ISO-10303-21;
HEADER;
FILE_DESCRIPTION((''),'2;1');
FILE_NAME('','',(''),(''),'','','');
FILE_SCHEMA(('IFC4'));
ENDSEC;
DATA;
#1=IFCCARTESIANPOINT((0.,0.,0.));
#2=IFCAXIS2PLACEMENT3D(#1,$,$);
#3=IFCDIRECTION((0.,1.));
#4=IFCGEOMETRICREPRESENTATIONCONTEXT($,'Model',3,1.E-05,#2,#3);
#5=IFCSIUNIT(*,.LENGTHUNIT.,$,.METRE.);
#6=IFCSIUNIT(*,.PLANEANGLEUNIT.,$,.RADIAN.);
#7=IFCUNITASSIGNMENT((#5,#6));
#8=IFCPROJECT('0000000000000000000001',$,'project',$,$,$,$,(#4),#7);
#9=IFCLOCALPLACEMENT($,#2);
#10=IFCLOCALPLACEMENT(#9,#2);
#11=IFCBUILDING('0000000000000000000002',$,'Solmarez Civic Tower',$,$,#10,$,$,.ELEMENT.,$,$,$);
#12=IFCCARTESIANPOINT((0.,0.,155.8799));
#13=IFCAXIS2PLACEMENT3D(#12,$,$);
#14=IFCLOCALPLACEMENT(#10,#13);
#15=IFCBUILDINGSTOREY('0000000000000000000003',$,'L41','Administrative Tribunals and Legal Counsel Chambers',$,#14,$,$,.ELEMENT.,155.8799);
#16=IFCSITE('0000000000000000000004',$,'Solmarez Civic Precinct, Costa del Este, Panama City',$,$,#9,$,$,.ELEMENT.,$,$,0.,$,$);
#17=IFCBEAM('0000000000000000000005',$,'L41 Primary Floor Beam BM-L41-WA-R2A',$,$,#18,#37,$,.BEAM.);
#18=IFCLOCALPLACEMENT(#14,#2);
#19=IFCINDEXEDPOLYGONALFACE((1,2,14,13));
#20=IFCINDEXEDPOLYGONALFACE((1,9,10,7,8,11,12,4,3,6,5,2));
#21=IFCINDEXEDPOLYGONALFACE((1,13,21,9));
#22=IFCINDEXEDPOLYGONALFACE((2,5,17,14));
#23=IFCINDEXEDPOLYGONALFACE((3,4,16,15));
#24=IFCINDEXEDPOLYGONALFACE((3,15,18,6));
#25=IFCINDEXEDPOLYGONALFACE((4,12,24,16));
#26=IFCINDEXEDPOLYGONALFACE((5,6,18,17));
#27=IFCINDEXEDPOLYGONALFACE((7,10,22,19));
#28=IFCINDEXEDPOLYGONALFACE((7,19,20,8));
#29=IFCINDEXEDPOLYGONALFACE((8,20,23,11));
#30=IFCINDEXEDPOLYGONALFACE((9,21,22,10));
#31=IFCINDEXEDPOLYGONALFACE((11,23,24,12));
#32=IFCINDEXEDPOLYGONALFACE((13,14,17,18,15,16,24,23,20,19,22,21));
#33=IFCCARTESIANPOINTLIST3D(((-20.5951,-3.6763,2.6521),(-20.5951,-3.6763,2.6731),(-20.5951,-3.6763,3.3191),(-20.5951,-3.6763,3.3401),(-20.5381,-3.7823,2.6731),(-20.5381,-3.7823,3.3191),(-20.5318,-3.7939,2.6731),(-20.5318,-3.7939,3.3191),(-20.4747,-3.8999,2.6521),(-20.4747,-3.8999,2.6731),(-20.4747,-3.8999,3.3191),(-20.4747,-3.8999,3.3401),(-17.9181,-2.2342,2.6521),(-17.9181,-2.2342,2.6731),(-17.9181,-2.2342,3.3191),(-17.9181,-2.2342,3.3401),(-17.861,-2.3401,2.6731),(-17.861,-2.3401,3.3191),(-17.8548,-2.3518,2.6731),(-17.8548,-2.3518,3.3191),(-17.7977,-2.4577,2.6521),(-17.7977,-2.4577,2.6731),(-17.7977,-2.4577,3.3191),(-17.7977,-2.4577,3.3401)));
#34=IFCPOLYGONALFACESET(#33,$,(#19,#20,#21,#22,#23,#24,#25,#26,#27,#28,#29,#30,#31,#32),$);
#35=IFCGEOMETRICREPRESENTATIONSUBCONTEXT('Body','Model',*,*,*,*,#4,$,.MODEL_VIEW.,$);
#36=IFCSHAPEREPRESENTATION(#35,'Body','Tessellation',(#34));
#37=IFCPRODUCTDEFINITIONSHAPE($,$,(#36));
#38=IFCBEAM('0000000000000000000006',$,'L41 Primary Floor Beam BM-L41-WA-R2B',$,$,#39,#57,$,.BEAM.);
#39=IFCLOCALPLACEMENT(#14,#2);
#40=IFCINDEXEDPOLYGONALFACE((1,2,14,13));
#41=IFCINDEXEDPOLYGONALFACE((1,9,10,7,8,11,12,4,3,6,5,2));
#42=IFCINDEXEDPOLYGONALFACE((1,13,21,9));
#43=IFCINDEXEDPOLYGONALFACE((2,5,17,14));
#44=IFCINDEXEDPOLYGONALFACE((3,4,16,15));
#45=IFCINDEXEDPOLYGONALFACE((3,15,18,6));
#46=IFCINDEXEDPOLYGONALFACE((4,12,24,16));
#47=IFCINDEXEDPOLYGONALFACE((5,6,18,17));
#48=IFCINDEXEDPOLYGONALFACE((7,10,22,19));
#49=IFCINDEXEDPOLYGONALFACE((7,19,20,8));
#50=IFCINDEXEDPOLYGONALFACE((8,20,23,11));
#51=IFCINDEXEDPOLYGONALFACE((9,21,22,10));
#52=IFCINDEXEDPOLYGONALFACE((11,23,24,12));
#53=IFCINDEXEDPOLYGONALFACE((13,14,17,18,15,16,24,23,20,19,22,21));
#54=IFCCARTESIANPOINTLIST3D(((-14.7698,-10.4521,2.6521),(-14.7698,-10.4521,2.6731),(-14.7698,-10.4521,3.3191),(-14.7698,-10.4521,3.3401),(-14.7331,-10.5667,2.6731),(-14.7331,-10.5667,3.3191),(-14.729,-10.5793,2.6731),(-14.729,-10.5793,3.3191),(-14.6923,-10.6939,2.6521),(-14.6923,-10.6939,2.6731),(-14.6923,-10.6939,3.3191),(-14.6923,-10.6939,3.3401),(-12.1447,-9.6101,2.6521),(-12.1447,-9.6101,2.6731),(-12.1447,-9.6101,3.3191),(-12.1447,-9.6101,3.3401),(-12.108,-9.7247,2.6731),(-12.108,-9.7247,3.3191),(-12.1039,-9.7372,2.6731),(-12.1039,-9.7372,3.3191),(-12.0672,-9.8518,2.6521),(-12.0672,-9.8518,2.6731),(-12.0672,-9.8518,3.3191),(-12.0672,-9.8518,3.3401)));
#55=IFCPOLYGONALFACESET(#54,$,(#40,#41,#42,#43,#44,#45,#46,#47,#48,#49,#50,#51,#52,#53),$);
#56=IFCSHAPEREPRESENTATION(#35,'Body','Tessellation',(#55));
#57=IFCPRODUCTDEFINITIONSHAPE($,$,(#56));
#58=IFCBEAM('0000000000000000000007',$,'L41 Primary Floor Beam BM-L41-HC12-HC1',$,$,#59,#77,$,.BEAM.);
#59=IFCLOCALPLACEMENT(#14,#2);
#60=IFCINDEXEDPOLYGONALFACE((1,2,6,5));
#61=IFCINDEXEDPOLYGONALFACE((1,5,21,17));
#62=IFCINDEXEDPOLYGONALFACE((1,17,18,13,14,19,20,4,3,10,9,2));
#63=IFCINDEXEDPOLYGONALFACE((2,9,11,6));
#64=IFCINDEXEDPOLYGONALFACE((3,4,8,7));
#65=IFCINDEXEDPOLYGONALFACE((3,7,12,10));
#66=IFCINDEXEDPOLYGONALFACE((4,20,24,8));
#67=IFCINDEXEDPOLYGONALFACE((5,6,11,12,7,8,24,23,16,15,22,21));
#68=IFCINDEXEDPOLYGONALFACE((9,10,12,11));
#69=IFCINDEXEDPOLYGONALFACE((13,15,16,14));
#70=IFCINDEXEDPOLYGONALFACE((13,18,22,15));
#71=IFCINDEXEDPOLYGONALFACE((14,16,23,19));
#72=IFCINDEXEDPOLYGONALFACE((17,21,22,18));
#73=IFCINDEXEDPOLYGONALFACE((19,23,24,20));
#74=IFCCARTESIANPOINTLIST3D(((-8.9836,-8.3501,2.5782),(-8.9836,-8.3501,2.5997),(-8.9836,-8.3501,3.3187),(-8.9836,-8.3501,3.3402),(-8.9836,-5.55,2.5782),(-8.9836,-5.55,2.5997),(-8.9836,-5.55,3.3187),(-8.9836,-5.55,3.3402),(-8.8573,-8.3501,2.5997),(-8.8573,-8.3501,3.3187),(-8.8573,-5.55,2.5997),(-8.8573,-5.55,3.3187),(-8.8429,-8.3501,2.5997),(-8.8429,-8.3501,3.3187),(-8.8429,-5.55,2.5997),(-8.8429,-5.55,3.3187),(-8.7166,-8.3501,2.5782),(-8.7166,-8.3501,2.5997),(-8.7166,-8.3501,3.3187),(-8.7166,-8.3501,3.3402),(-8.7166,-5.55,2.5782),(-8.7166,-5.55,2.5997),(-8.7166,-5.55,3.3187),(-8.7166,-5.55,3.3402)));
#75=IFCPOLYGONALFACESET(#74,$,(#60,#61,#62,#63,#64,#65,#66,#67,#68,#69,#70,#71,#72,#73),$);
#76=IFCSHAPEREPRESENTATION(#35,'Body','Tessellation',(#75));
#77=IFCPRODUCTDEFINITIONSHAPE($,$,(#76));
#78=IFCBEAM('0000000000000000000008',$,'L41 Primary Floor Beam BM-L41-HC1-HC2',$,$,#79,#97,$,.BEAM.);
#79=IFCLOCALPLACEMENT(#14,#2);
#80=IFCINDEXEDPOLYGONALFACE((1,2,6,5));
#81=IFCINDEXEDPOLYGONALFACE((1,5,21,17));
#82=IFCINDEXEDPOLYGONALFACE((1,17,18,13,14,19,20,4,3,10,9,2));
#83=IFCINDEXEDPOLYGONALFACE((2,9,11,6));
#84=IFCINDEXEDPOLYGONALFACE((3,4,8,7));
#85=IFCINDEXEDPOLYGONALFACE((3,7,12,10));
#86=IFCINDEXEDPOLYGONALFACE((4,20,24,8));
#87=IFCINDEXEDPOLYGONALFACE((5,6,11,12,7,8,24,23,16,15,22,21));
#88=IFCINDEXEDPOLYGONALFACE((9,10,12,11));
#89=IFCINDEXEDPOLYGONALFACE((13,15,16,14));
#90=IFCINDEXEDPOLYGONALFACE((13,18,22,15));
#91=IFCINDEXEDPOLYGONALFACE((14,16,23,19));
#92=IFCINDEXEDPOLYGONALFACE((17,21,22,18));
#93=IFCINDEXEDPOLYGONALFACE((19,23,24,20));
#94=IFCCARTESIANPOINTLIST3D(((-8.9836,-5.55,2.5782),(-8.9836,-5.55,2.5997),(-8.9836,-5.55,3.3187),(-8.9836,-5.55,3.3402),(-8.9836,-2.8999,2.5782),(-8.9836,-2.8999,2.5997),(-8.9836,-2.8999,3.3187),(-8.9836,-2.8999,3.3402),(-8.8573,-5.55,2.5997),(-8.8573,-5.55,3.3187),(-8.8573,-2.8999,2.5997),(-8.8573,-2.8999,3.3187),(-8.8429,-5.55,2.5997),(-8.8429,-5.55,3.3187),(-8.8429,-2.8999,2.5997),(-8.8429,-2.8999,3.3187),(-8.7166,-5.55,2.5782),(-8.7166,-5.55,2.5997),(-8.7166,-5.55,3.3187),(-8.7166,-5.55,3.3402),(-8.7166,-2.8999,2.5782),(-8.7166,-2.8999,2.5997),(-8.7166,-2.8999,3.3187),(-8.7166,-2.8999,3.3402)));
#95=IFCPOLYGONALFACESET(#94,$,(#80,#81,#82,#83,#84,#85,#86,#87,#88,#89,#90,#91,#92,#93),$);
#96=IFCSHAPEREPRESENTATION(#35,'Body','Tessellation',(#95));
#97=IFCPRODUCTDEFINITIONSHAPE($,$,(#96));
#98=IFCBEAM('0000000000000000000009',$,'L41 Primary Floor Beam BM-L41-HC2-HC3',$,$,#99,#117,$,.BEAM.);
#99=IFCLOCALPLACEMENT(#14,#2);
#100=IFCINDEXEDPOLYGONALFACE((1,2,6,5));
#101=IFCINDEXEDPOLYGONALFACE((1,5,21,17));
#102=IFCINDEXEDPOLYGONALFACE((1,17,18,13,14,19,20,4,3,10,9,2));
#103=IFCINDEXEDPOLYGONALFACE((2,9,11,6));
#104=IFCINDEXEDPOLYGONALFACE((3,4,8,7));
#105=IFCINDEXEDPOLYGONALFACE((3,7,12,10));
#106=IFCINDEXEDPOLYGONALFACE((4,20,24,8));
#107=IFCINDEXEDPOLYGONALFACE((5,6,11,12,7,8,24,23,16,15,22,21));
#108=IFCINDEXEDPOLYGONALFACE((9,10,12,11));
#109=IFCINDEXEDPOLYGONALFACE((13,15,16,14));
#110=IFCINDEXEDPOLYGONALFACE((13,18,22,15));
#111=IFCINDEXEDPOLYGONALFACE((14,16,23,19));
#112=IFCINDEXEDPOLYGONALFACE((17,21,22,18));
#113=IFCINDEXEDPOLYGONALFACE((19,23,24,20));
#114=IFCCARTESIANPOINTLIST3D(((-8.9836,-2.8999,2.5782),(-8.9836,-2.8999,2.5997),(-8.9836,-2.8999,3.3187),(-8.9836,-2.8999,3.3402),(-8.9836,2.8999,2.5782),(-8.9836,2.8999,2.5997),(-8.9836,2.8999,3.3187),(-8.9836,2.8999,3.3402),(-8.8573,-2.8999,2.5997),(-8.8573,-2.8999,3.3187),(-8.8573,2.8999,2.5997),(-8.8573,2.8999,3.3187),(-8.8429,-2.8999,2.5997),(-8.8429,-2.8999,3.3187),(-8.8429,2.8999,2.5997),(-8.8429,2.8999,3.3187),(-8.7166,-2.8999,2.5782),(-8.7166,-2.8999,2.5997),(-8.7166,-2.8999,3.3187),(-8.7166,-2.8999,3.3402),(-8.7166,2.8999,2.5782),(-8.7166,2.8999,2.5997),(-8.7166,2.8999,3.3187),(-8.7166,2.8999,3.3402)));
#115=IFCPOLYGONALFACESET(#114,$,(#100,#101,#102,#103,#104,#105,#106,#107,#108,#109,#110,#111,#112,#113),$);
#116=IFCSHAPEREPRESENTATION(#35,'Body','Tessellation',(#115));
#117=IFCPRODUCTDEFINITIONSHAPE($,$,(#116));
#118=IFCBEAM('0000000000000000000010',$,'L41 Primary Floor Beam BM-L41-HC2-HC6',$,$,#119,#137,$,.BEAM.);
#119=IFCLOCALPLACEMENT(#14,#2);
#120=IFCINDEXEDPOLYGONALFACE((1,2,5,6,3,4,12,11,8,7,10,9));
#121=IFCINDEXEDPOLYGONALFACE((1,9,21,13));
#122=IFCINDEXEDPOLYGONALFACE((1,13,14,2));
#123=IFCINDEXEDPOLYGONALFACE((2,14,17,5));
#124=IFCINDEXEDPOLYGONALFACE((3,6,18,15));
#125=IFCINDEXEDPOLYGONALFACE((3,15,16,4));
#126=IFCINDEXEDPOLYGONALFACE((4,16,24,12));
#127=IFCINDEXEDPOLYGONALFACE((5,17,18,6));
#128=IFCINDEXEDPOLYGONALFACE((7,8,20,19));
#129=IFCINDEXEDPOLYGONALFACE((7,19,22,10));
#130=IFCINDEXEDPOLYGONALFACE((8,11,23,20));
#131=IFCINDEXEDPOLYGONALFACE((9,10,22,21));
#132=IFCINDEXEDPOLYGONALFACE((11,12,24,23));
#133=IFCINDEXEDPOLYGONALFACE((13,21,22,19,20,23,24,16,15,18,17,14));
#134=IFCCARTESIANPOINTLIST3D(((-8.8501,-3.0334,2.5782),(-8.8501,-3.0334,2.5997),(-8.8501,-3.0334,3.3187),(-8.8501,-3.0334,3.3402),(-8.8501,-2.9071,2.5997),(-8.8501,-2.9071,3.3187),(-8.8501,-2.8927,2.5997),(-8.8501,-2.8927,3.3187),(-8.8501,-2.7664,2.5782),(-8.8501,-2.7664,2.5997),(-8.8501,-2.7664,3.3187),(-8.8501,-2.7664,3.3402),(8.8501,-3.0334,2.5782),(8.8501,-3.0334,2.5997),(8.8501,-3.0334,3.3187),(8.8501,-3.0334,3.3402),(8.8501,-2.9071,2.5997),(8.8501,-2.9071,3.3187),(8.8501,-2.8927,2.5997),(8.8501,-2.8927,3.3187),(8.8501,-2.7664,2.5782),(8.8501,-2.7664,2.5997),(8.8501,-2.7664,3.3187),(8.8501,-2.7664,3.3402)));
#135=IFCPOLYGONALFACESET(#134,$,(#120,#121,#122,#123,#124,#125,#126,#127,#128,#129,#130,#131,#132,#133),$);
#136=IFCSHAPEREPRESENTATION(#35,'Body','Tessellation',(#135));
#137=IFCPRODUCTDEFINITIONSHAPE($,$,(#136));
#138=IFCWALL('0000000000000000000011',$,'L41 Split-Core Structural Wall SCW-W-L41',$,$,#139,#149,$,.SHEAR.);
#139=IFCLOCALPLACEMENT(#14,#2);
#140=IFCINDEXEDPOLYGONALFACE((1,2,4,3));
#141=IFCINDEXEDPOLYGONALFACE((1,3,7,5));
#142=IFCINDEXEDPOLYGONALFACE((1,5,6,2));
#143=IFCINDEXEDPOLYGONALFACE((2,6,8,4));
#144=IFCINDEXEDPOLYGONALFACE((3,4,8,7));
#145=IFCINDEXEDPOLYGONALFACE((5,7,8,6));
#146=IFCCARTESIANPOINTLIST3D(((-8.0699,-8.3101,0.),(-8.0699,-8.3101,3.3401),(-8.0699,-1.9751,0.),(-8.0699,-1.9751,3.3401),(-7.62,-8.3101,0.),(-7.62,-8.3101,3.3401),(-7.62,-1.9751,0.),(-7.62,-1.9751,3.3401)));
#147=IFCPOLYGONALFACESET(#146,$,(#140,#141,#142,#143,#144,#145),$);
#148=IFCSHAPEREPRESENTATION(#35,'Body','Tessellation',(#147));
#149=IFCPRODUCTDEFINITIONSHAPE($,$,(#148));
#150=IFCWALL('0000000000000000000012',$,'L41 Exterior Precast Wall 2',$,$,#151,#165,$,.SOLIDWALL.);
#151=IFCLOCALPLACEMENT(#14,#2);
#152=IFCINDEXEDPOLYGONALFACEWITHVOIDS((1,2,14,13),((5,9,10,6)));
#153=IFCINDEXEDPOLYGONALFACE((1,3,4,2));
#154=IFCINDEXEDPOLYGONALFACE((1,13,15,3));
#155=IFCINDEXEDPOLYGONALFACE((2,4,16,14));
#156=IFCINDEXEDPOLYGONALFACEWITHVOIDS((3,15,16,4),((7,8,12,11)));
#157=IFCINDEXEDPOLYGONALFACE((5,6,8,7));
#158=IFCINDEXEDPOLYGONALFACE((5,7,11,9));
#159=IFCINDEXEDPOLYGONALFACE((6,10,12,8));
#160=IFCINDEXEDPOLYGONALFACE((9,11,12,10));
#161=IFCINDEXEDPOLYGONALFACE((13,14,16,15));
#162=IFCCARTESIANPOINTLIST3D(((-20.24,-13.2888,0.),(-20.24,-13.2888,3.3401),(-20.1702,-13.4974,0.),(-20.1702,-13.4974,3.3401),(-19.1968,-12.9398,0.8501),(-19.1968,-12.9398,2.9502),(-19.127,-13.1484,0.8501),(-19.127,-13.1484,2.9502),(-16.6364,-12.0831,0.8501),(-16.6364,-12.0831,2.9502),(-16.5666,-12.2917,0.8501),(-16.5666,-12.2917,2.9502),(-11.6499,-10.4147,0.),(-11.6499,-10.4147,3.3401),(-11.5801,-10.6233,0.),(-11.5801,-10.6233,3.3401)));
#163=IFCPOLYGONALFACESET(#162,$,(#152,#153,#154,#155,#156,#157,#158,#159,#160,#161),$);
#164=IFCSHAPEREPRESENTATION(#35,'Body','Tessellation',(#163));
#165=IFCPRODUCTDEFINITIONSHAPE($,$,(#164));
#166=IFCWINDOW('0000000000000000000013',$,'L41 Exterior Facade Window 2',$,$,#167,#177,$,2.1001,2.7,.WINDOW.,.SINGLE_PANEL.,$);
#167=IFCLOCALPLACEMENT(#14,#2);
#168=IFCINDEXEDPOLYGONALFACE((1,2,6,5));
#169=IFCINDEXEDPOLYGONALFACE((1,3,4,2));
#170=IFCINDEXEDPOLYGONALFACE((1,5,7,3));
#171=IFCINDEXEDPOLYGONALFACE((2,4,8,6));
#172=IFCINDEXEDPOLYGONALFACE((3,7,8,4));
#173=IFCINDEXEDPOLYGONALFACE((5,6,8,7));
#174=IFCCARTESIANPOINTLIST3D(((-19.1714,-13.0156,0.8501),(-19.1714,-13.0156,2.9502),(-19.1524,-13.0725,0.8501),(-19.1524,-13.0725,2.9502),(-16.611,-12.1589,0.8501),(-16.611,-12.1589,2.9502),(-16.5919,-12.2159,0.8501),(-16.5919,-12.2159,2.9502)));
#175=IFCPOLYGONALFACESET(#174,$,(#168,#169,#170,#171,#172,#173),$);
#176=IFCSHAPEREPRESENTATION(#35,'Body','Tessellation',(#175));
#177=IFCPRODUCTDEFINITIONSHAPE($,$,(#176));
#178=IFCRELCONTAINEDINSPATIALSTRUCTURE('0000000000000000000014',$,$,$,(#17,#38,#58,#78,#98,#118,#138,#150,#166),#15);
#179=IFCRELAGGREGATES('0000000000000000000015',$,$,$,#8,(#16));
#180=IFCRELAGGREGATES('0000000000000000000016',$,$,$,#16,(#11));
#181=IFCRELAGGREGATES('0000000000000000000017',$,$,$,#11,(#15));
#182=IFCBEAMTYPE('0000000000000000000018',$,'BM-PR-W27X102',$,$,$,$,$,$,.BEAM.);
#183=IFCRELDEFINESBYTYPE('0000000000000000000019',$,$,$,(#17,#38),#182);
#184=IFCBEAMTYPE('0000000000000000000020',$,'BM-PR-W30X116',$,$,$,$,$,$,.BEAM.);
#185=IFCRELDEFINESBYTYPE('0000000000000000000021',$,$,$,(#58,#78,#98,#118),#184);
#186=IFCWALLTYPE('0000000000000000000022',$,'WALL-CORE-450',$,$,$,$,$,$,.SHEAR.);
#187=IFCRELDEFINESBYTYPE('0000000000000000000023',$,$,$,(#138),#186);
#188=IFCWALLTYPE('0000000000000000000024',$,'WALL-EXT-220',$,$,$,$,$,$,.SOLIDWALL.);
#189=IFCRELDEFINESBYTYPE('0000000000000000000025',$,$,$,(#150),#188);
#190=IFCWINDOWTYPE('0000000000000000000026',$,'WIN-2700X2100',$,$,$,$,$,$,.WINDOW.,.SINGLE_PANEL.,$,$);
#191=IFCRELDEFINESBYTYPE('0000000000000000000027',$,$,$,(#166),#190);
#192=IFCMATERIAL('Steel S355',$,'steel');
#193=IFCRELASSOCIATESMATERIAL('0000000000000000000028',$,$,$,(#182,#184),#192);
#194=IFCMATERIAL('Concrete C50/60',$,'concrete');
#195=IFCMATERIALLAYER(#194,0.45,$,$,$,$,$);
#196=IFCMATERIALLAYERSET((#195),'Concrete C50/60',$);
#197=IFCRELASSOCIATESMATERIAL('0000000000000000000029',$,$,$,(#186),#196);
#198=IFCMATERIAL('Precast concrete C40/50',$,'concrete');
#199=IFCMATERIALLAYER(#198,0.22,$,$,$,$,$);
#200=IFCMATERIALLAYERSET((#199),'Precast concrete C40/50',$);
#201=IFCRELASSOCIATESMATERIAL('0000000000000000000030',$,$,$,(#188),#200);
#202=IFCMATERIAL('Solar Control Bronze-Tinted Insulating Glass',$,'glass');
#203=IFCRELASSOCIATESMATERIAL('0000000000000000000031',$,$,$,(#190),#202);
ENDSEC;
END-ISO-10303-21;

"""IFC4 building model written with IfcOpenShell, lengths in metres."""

from ifc_helpers import new_model, si_unit, direction, frame, frame_2d, origin, origin_2d, place, context, subcontext, project, spatial, rectangle, i_section, extrude, material, layer, layer_set, material_profile, profile_set, type_object, element, fill, save


model = new_model("IFC4")

# Units and contexts
model_context = context("Model", 3, precision=1e-05, world=origin(), true_north=direction((0.0, 1.0)))
body_context = subcontext(model_context, "Body", "Model", "MODEL_VIEW")
ifc_project = project(units=[si_unit("LENGTHUNIT", "METRE"), si_unit("PLANEANGLEUNIT", "RADIAN")], contexts=[model_context])

# Site, building, storey
site_placement = place(None, origin())
site = spatial("IfcSite", under=ifc_project, at=site_placement, Name="Solmarez Civic Precinct, Costa del Este, Panama City", CompositionType="ELEMENT", RefElevation=0.0)
building_placement = place(site_placement, origin())
building = spatial("IfcBuilding", under=site, at=building_placement, Name="Solmarez Civic Tower", CompositionType="ELEMENT")
storey_placement = place(building_placement, frame((0.0, 0.0, 155.8799)))
storey = spatial("IfcBuildingStorey", under=building, at=storey_placement, Name="L41", Description="Administrative Tribunals and Legal Counsel Chambers", CompositionType="ELEMENT", Elevation=155.8799)

# Shared definitions
ifc_material_1 = material(Name="Concrete C50/60", Category="concrete")
ifc_material_2 = material(Name="Steel S355", Category="steel")

# Beams
ifc_material_profile_1 = material_profile(ifc_material_2, i_section(OverallWidth=0.2539, OverallDepth=0.688, WebThickness=0.0132, FlangeThickness=0.021, at=origin_2d()), Name="W27X102")
ifc_profile_set_1 = profile_set([ifc_material_profile_1], Name="Steel S355")
beam_type_1 = type_object("IfcBeamType", Name="BM-PR-W27X102", PredefinedType="BEAM", material=ifc_profile_set_1)
beam_1_placement = place(storey_placement, frame((-17.8579, -2.3459, 2.9961), z_axis=(-0.880378, -0.474272, 0.0), x_axis=(0.474272, -0.880378, 0.0)))
element("IfcBeam", 1, at=beam_1_placement, inside=storey, type_object=beam_type_1, Name="L41 Primary Floor Beam BM-L41-WA-R2A", PredefinedType="BEAM", context=body_context, shape_type="SweptSolid", body=[
    extrude(i_section(OverallWidth=0.2539, OverallDepth=0.688, WebThickness=0.0132, FlangeThickness=0.021, at=origin_2d()), origin(), (0.0, 0.0, 1.0), 3.0408),
])
beam_2_placement = place(storey_placement, frame((-12.106, -9.731, 2.9961), z_axis=(-0.952209, -0.305447, 0.0), x_axis=(0.305447, -0.952209, 0.0)))
element("IfcBeam", 2, at=beam_2_placement, inside=storey, type_object=beam_type_1, Name="L41 Primary Floor Beam BM-L41-WA-R2B", PredefinedType="BEAM", context=body_context, shape_type="SweptSolid", body=[
    extrude(i_section(OverallWidth=0.2539, OverallDepth=0.688, WebThickness=0.0132, FlangeThickness=0.021, at=origin_2d()), origin(), (0.0, 0.0, 1.0), 2.7568),
])
ifc_material_profile_2 = material_profile(ifc_material_2, i_section(OverallWidth=0.2671, OverallDepth=0.762, WebThickness=0.0144, FlangeThickness=0.0215, at=origin_2d()), Name="W30X116")
ifc_profile_set_2 = profile_set([ifc_material_profile_2], Name="Steel S355")
beam_type_2 = type_object("IfcBeamType", Name="BM-PR-W30X116", PredefinedType="BEAM", material=ifc_profile_set_2)
beam_3_placement = place(storey_placement, frame((-8.8501, -8.3501, 2.9592), z_axis=(0.0, 1.0, 0.0), x_axis=(-1.0, 0.0, 0.0)))
element("IfcBeam", 3, at=beam_3_placement, inside=storey, type_object=beam_type_2, Name="L41 Primary Floor Beam BM-L41-HC12-HC1", PredefinedType="BEAM", context=body_context, shape_type="SweptSolid", body=[
    extrude(i_section(OverallWidth=0.2671, OverallDepth=0.762, WebThickness=0.0144, FlangeThickness=0.0215, at=origin_2d()), origin(), (0.0, 0.0, 1.0), 2.8),
])
beam_4_placement = place(storey_placement, frame((-8.8501, -5.55, 2.9592), z_axis=(0.0, 1.0, 0.0), x_axis=(-1.0, 0.0, 0.0)))
element("IfcBeam", 4, at=beam_4_placement, inside=storey, type_object=beam_type_2, Name="L41 Primary Floor Beam BM-L41-HC1-HC2", PredefinedType="BEAM", context=body_context, shape_type="SweptSolid", body=[
    extrude(i_section(OverallWidth=0.2671, OverallDepth=0.762, WebThickness=0.0144, FlangeThickness=0.0215, at=origin_2d()), origin(), (0.0, 0.0, 1.0), 2.6501),
])
beam_5_placement = place(storey_placement, frame((-8.8501, -2.8999, 2.9592), z_axis=(0.0, 1.0, 0.0), x_axis=(-1.0, 0.0, 0.0)))
element("IfcBeam", 5, at=beam_5_placement, inside=storey, type_object=beam_type_2, Name="L41 Primary Floor Beam BM-L41-HC2-HC3", PredefinedType="BEAM", context=body_context, shape_type="SweptSolid", body=[
    extrude(i_section(OverallWidth=0.2671, OverallDepth=0.762, WebThickness=0.0144, FlangeThickness=0.0215, at=origin_2d()), origin(), (0.0, 0.0, 1.0), 5.7998),
])
beam_6_placement = place(storey_placement, frame((-8.8501, -2.8999, 2.9592), z_axis=(1.0, 0.0, 0.0), x_axis=(0.0, 1.0, 0.0)))
element("IfcBeam", 6, at=beam_6_placement, inside=storey, type_object=beam_type_2, Name="L41 Primary Floor Beam BM-L41-HC2-HC6", PredefinedType="BEAM", context=body_context, shape_type="SweptSolid", body=[
    extrude(i_section(OverallWidth=0.2671, OverallDepth=0.762, WebThickness=0.0144, FlangeThickness=0.0215, at=origin_2d()), origin(), (0.0, 0.0, 1.0), 17.7002),
])

# Wall
ifc_layer_1 = layer(ifc_material_1, 0.45)
ifc_layer_set_1 = layer_set([ifc_layer_1], Name="Concrete C50/60")
wall_type_1 = type_object("IfcWallType", Name="WALL-CORE-450", PredefinedType="SHEAR", material=ifc_layer_set_1)
wall_1_placement = place(storey_placement, frame((-7.845, -8.3101, 0.0), z_axis=(0.0, 0.0, 1.0), x_axis=(0.0, 1.0, 0.0)))
element("IfcWall", 7, at=wall_1_placement, inside=storey, type_object=wall_type_1, Name="L41 Split-Core Structural Wall SCW-W-L41", PredefinedType="SHEAR", context=body_context, shape_type="SweptSolid", body=[
    extrude(rectangle(XDim=6.335, YDim=0.45, at=frame_2d((3.1675, 0.0))), origin(), (0.0, 0.0, 1.0), 3.3401),
])

# Wall, opening, window
ifc_material_3 = material(Name="Precast concrete C40/50", Category="concrete")
ifc_layer_2 = layer(ifc_material_3, 0.22)
ifc_layer_set_2 = layer_set([ifc_layer_2], Name="Precast concrete C40/50")
wall_type_2 = type_object("IfcWallType", Name="WALL-EXT-220", PredefinedType="SOLIDWALL", material=ifc_layer_set_2)
wall_2_placement = place(storey_placement, frame((-11.615, -10.519, 0.0), z_axis=(0.0, 0.0, 1.0), x_axis=(-0.94833, -0.317287, 0.0)))
wall_2 = element("IfcWall", 8, at=wall_2_placement, inside=storey, type_object=wall_type_2, Name="L41 Exterior Precast Wall 2", PredefinedType="SOLIDWALL", context=body_context, shape_type="SweptSolid", body=[
    extrude(rectangle(XDim=9.0581, YDim=0.22, at=frame_2d((4.5291, 0.0))), origin(), (0.0, 0.0, 1.0), 3.3401),
])
opening_1_placement = place(wall_2_placement, frame((5.2581, 0.0, 0.8501)))
opening_1 = element("IfcOpeningElement", 9, at=opening_1_placement, cuts=wall_2, PredefinedType="OPENING", context=body_context, shape_type="SweptSolid", body=[
    extrude(rectangle(XDim=2.7, YDim=2.1001, at=frame_2d((1.3501, 1.05))), frame((0.0, 0.1199, 0.0), z_axis=(0.0, -1.0, 0.0), x_axis=(1.0, 0.0, 0.0)), (0.0, 0.0, 1.0), 0.24),
])
ifc_material_4 = material(Name="Solar Control Bronze-Tinted Insulating Glass", Category="glass")
window_type = type_object("IfcWindowType", Name="WIN-2700X2100", PartitioningType="SINGLE_PANEL", PredefinedType="WINDOW", material=ifc_material_4)
window_placement = place(opening_1_placement, origin())
window = element("IfcWindow", 10, at=window_placement, inside=storey, type_object=window_type, Name="L41 Exterior Facade Window 2", OverallHeight=2.1001, OverallWidth=2.7, PartitioningType="SINGLE_PANEL", PredefinedType="WINDOW", context=body_context, shape_type="SweptSolid", body=[
    extrude(rectangle(XDim=2.7, YDim=2.1001, at=frame_2d((1.3501, 1.05))), frame((0.0, 0.03, 0.0), z_axis=(0.0, -1.0, 0.0), x_axis=(1.0, 0.0, 0.0)), (0.0, 0.0, 1.0), 0.0601),
])
fill(opening_1, window)

save(model, "model.ifc")
